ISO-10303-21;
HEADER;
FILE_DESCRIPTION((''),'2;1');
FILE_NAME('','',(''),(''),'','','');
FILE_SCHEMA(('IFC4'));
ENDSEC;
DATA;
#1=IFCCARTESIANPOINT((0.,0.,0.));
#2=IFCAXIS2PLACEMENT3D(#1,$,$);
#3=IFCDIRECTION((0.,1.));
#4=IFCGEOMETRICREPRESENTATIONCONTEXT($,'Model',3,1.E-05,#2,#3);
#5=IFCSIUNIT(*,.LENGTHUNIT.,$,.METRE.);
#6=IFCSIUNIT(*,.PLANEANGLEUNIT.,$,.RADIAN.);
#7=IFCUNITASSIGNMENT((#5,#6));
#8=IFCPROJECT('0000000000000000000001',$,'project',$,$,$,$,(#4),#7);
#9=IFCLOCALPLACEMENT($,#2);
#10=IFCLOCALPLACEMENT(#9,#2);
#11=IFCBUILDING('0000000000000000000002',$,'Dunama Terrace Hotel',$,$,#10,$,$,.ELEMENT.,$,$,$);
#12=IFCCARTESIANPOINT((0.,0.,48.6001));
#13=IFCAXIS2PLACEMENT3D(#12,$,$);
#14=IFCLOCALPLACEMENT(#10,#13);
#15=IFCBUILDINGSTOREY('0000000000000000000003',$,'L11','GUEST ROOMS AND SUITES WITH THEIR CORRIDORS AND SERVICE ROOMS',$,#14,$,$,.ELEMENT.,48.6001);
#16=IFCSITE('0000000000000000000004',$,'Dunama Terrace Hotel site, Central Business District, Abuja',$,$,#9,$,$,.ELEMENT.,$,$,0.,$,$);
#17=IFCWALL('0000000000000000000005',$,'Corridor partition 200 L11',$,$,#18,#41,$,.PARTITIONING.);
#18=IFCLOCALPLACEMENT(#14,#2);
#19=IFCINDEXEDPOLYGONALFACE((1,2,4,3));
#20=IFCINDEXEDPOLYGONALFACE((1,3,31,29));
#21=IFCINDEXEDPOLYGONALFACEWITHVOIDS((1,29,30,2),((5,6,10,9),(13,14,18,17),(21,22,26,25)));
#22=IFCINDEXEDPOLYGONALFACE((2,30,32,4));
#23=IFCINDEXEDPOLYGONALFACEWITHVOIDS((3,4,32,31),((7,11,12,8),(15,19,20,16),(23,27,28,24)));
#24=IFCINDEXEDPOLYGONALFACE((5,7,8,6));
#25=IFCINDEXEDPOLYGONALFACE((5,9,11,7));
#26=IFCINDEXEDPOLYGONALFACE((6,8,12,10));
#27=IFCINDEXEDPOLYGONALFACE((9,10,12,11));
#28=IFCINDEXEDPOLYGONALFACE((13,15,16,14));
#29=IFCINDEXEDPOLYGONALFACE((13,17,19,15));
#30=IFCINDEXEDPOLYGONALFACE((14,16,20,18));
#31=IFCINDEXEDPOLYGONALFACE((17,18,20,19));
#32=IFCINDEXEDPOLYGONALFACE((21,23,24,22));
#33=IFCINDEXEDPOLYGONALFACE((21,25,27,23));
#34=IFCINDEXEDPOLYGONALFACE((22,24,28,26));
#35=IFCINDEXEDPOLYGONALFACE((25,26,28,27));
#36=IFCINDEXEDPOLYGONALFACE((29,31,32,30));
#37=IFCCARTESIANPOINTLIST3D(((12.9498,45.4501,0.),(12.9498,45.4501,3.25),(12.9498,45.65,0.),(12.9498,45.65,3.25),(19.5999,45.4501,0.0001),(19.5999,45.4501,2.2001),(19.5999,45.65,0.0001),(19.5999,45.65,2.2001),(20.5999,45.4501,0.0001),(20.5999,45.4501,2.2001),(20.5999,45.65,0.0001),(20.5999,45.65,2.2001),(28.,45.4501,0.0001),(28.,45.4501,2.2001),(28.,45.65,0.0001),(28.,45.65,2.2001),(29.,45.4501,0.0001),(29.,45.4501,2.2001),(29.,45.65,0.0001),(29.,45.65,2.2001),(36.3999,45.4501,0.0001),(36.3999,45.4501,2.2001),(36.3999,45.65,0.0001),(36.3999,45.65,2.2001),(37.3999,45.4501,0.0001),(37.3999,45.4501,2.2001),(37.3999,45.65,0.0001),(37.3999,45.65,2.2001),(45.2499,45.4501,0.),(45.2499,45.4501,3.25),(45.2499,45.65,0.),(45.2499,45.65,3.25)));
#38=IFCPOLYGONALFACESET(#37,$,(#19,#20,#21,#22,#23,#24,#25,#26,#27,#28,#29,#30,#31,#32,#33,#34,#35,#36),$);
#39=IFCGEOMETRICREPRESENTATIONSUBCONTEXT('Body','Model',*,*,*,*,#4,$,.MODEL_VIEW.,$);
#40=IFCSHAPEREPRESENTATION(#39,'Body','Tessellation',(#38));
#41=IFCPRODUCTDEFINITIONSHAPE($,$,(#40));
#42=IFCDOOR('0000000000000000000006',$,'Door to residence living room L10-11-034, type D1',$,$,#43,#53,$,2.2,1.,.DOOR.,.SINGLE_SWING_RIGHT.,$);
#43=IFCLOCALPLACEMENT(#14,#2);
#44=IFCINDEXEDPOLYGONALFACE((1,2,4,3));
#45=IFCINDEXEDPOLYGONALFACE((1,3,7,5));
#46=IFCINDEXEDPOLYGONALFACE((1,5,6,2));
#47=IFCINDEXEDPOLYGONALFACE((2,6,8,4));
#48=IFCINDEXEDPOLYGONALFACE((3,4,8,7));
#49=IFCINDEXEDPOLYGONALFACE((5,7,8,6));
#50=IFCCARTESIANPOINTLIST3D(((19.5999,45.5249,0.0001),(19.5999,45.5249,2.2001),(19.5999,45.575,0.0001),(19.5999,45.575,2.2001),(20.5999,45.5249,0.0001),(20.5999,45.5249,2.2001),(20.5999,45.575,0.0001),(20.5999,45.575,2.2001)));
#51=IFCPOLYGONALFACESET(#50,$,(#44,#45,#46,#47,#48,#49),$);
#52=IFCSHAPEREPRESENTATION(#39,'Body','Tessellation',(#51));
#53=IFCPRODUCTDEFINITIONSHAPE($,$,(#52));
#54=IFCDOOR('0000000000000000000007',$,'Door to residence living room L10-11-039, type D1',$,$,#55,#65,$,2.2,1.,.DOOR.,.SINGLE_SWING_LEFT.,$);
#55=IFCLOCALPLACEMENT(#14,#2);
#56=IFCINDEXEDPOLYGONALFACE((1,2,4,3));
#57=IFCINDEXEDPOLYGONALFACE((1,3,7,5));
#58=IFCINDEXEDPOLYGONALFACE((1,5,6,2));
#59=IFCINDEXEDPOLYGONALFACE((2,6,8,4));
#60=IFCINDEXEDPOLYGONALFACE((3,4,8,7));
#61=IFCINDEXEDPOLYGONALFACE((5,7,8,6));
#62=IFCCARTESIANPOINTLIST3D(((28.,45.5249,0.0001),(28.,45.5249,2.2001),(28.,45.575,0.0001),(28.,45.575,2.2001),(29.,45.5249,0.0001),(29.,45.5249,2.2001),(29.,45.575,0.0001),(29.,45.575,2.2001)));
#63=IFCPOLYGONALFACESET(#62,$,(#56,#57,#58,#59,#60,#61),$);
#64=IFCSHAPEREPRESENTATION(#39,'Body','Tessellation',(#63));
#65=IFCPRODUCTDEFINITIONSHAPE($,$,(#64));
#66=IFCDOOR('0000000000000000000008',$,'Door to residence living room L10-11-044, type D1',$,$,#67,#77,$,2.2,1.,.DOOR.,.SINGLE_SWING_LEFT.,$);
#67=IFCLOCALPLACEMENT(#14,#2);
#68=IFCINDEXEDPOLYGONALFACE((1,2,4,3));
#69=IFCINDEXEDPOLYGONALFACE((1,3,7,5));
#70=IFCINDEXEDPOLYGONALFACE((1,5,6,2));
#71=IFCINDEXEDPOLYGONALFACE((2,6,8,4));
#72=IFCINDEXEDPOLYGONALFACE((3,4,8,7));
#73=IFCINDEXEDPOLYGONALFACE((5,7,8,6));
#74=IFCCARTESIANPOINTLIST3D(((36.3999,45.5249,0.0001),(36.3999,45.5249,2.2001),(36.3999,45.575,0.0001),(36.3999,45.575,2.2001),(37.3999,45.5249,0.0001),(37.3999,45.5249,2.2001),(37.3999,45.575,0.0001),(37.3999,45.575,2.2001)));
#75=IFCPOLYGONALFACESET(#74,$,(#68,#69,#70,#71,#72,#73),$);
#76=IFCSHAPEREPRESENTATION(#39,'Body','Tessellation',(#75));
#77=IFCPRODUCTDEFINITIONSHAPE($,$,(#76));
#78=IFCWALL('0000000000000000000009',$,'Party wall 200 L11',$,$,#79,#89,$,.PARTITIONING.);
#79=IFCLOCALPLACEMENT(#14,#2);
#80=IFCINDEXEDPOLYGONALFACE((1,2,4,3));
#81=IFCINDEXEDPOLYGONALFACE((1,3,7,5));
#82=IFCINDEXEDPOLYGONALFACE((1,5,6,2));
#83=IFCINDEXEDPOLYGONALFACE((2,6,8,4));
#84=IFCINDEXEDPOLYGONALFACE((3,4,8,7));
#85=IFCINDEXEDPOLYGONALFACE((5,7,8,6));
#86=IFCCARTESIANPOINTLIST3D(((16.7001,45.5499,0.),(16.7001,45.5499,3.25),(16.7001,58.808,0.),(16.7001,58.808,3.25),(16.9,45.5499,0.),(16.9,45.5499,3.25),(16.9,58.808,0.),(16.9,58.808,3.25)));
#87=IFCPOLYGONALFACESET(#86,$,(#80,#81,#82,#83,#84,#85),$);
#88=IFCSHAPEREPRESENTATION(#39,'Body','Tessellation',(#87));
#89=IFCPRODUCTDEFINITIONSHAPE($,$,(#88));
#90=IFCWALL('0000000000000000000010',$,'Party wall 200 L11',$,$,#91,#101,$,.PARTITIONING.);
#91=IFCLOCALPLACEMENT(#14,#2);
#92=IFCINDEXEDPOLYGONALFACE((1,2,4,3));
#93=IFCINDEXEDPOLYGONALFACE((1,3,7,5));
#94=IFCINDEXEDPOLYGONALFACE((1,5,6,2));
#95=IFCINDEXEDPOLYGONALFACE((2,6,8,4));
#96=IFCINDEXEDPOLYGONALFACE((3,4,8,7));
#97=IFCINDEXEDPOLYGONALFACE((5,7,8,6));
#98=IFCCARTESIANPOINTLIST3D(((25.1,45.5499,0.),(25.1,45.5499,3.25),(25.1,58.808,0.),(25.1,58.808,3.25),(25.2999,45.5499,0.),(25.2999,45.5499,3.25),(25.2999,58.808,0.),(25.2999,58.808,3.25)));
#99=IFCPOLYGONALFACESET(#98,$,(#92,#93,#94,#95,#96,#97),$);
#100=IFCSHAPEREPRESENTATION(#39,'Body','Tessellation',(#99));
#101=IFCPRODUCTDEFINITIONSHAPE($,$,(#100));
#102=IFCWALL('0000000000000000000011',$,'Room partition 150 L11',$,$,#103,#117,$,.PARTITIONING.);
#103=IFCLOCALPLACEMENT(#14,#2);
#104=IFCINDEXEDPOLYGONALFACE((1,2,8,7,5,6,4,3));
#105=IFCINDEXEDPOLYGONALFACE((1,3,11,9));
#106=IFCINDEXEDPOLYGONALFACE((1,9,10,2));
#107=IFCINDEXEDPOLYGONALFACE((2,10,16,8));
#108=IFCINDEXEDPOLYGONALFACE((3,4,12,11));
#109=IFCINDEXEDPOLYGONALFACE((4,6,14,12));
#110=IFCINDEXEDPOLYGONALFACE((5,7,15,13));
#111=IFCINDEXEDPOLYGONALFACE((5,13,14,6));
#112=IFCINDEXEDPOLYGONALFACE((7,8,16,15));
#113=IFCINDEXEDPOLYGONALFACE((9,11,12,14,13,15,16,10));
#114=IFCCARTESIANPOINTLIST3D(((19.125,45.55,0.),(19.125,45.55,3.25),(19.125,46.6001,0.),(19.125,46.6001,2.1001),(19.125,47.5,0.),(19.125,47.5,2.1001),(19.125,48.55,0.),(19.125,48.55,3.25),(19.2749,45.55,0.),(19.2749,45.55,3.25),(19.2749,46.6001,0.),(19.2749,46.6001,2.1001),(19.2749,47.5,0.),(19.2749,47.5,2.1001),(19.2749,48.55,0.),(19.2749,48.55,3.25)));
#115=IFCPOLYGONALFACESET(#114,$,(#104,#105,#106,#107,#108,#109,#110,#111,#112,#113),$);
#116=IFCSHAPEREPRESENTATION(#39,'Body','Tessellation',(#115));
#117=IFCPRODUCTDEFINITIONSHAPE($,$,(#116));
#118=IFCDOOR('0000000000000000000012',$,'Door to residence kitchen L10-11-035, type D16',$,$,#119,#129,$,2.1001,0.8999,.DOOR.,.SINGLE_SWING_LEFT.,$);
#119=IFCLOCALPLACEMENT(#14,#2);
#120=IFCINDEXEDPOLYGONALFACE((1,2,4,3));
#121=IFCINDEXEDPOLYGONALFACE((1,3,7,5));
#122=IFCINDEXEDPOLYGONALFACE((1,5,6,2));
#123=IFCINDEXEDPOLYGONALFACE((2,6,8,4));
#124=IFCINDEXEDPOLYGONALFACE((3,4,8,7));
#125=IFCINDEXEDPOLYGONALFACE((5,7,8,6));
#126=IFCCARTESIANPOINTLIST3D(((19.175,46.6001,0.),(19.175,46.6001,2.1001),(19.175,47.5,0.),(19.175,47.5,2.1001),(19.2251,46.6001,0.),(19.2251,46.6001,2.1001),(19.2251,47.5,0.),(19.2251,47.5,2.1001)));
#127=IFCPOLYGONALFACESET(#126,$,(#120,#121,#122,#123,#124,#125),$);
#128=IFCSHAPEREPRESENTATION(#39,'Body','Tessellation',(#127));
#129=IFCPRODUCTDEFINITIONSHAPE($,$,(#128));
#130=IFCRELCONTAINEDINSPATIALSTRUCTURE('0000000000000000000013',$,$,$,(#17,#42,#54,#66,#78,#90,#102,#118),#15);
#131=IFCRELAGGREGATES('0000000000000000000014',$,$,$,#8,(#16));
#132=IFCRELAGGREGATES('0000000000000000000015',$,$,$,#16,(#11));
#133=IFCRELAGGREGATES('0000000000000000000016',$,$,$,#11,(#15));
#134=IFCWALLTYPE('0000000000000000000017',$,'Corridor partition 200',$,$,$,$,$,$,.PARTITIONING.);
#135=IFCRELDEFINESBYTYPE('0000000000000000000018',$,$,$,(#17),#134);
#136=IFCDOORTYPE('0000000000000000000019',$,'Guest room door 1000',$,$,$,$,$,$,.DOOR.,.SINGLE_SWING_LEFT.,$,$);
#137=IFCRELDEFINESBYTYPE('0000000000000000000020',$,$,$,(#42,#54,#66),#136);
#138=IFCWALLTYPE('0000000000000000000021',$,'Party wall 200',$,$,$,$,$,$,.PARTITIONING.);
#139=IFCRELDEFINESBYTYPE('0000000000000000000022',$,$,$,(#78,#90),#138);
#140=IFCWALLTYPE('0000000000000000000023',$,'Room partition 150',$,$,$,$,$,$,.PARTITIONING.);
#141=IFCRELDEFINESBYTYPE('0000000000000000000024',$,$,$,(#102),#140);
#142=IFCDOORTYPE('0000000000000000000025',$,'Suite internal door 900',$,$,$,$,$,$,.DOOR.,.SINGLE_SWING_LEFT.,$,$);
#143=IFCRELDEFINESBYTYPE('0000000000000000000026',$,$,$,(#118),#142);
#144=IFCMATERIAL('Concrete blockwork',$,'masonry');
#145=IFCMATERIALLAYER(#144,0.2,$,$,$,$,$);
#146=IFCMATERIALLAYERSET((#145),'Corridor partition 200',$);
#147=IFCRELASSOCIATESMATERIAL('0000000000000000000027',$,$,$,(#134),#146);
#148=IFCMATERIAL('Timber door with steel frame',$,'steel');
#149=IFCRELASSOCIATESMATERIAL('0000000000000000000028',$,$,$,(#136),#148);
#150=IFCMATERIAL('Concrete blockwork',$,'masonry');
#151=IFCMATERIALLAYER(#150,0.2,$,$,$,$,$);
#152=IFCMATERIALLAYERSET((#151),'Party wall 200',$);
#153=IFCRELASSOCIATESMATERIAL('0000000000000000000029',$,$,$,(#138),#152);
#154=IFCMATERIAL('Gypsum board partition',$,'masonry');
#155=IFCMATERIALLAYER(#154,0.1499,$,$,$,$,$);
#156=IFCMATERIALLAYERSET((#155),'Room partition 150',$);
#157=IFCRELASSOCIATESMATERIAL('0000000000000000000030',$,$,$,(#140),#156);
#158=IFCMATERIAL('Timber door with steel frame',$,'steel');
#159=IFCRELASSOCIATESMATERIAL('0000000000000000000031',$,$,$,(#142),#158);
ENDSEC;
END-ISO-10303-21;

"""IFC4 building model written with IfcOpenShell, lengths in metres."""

from ifc_helpers import new_model, si_unit, direction, frame, frame_2d, origin, place, context, subcontext, project, spatial, rectangle, extrude, material, layer, layer_set, type_object, element, fill, save


model = new_model("IFC4")

# Units and contexts
model_context = context("Model", 3, precision=1e-05, world=origin(), true_north=direction((0.0, 1.0)))
body_context = subcontext(model_context, "Body", "Model", "MODEL_VIEW")
ifc_project = project(units=[si_unit("LENGTHUNIT", "METRE"), si_unit("PLANEANGLEUNIT", "RADIAN")], contexts=[model_context])

# Site, building, storey
site_placement = place(None, origin())
site = spatial("IfcSite", under=ifc_project, at=site_placement, Name="Dunama Terrace Hotel site, Central Business District, Abuja", CompositionType="ELEMENT", RefElevation=0.0)
building_placement = place(site_placement, origin())
building = spatial("IfcBuilding", under=site, at=building_placement, Name="Dunama Terrace Hotel", CompositionType="ELEMENT")
storey_placement = place(building_placement, frame((0.0, 0.0, 48.6001)))
storey = spatial("IfcBuildingStorey", under=building, at=storey_placement, Name="L11", Description="GUEST ROOMS AND SUITES WITH THEIR CORRIDORS AND SERVICE ROOMS", CompositionType="ELEMENT", Elevation=48.6001)

# Wall, openings, doors
ifc_material_1 = material(Name="Concrete blockwork", Category="masonry")
ifc_layer_1 = layer(ifc_material_1, 0.2)
ifc_layer_set_1 = layer_set([ifc_layer_1], Name="Corridor partition 200")
wall_type_1 = type_object("IfcWallType", Name="Corridor partition 200", PredefinedType="PARTITIONING", material=ifc_layer_set_1)
wall_1_placement = place(storey_placement, frame((12.95, 45.55, 0.0), z_axis=(0.0, 0.0, 1.0), x_axis=(1.0, 0.0, 0.0)))
wall_1 = element("IfcWall", 1, at=wall_1_placement, inside=storey, type_object=wall_type_1, Name="Corridor partition 200 L11", PredefinedType="PARTITIONING", context=body_context, shape_type="SweptSolid", body=[
    extrude(rectangle(XDim=32.3, YDim=0.2, at=frame_2d((16.1499, 0.0))), origin(), (0.0, 0.0, 1.0), 3.25),
])
opening_1_placement = place(wall_1_placement, frame((6.6499, 0.0, 0.0)))
opening_1 = element("IfcOpeningElement", 2, at=opening_1_placement, cuts=wall_1, PredefinedType="OPENING", context=body_context, shape_type="SweptSolid", body=[
    extrude(rectangle(XDim=1.0, YDim=2.2, at=frame_2d((0.5, 1.1001))), frame((0.0, 0.1099, 0.0), z_axis=(0.0, -1.0, 0.0), x_axis=(1.0, 0.0, 0.0)), (0.0, 0.0, 1.0), 0.22),
])
opening_2_placement = place(wall_1_placement, frame((15.05, 0.0, 0.0)))
opening_2 = element("IfcOpeningElement", 3, at=opening_2_placement, cuts=wall_1, PredefinedType="OPENING", context=body_context, shape_type="SweptSolid", body=[
    extrude(rectangle(XDim=1.0, YDim=2.2, at=frame_2d((0.5, 1.1001))), frame((0.0, 0.1099, 0.0), z_axis=(0.0, -1.0, 0.0), x_axis=(1.0, 0.0, 0.0)), (0.0, 0.0, 1.0), 0.22),
])
opening_3_placement = place(wall_1_placement, frame((23.45, 0.0, 0.0)))
opening_3 = element("IfcOpeningElement", 4, at=opening_3_placement, cuts=wall_1, PredefinedType="OPENING", context=body_context, shape_type="SweptSolid", body=[
    extrude(rectangle(XDim=1.0, YDim=2.2, at=frame_2d((0.5, 1.1001))), frame((0.0, 0.1099, 0.0), z_axis=(0.0, -1.0, 0.0), x_axis=(1.0, 0.0, 0.0)), (0.0, 0.0, 1.0), 0.22),
])
ifc_material_2 = material(Name="Timber door with steel frame", Category="steel")
door_type_1 = type_object("IfcDoorType", Name="Guest room door 1000", OperationType="SINGLE_SWING_LEFT", PredefinedType="DOOR", material=ifc_material_2)
door_1_placement = place(opening_1_placement, origin())
door_1 = element("IfcDoor", 5, at=door_1_placement, inside=storey, type_object=door_type_1, Name="Door to residence living room L10-11-034, type D1", OperationType="SINGLE_SWING_RIGHT", OverallHeight=2.2, OverallWidth=1.0, PredefinedType="DOOR", context=body_context, shape_type="SweptSolid", body=[
    extrude(rectangle(XDim=1.0, YDim=2.2, at=frame_2d((0.5, 1.1001))), frame((0.0, 0.0249, 0.0), z_axis=(0.0, -1.0, 0.0), x_axis=(1.0, 0.0, 0.0)), (0.0, 0.0, 1.0), 0.05),
])
fill(opening_1, door_1)
door_2_placement = place(opening_2_placement, origin())
door_2 = element("IfcDoor", 6, at=door_2_placement, inside=storey, type_object=door_type_1, Name="Door to residence living room L10-11-039, type D1", OperationType="SINGLE_SWING_LEFT", OverallHeight=2.2, OverallWidth=1.0, PredefinedType="DOOR", context=body_context, shape_type="SweptSolid", body=[
    extrude(rectangle(XDim=1.0, YDim=2.2, at=frame_2d((0.5, 1.1001))), frame((0.0, 0.0249, 0.0), z_axis=(0.0, -1.0, 0.0), x_axis=(1.0, 0.0, 0.0)), (0.0, 0.0, 1.0), 0.05),
])
fill(opening_2, door_2)
door_3_placement = place(opening_3_placement, origin())
door_3 = element("IfcDoor", 7, at=door_3_placement, inside=storey, type_object=door_type_1, Name="Door to residence living room L10-11-044, type D1", OperationType="SINGLE_SWING_LEFT", OverallHeight=2.2, OverallWidth=1.0, PredefinedType="DOOR", context=body_context, shape_type="SweptSolid", body=[
    extrude(rectangle(XDim=1.0, YDim=2.2, at=frame_2d((0.5, 1.1001))), frame((0.0, 0.0249, 0.0), z_axis=(0.0, -1.0, 0.0), x_axis=(1.0, 0.0, 0.0)), (0.0, 0.0, 1.0), 0.05),
])
fill(opening_3, door_3)

# Walls
ifc_material_3 = material(Name="Concrete blockwork", Category="masonry")
ifc_layer_2 = layer(ifc_material_3, 0.2)
ifc_layer_set_2 = layer_set([ifc_layer_2], Name="Party wall 200")
wall_type_2 = type_object("IfcWallType", Name="Party wall 200", PredefinedType="PARTITIONING", material=ifc_layer_set_2)
for number, where, z_axis, x_axis, name in (
    (8, (16.8, 45.55, 0.0), (0.0, 0.0, 1.0), (0.0, 1.0, 0.0), "Party wall 200 L11"),
    (9, (25.2, 45.55, 0.0), (0.0, 0.0, 1.0), (0.0, 1.0, 0.0), "Party wall 200 L11"),
):
    element("IfcWall", number, at=place(storey_placement, frame(where, z_axis=z_axis, x_axis=x_axis)), inside=storey, type_object=wall_type_2, Name=name, PredefinedType="PARTITIONING", context=body_context, shape_type="SweptSolid", body=[
        extrude(rectangle(XDim=13.2581, YDim=0.2, at=frame_2d((6.6289, 0.0))), origin(), (0.0, 0.0, 1.0), 3.25),
    ])

# Wall, opening, door
ifc_material_4 = material(Name="Gypsum board partition", Category="masonry")
ifc_layer_3 = layer(ifc_material_4, 0.1499)
ifc_layer_set_3 = layer_set([ifc_layer_3], Name="Room partition 150")
wall_type_3 = type_object("IfcWallType", Name="Room partition 150", PredefinedType="PARTITIONING", material=ifc_layer_set_3)
wall_2_placement = place(storey_placement, frame((19.2, 45.55, 0.0), z_axis=(0.0, 0.0, 1.0), x_axis=(0.0, 1.0, 0.0)))
wall_2 = element("IfcWall", 10, at=wall_2_placement, inside=storey, type_object=wall_type_3, Name="Room partition 150 L11", PredefinedType="PARTITIONING", context=body_context, shape_type="SweptSolid", body=[
    extrude(rectangle(XDim=3.0, YDim=0.1499, at=frame_2d((1.5, 0.0))), origin(), (0.0, 0.0, 1.0), 3.25),
])
opening_4_placement = place(wall_2_placement, frame((1.05, 0.0, 0.0)))
opening_4 = element("IfcOpeningElement", 11, at=opening_4_placement, cuts=wall_2, PredefinedType="OPENING", context=body_context, shape_type="SweptSolid", body=[
    extrude(rectangle(XDim=0.8999, YDim=2.1001, at=frame_2d((0.45, 1.05))), frame((0.0, 0.085, 0.0), z_axis=(0.0, -1.0, 0.0), x_axis=(1.0, 0.0, 0.0)), (0.0, 0.0, 1.0), 0.1699),
])
ifc_material_5 = material(Name="Timber door with steel frame", Category="steel")
door_type_2 = type_object("IfcDoorType", Name="Suite internal door 900", OperationType="SINGLE_SWING_LEFT", PredefinedType="DOOR", material=ifc_material_5)
door_4_placement = place(opening_4_placement, origin())
door_4 = element("IfcDoor", 12, at=door_4_placement, inside=storey, type_object=door_type_2, Name="Door to residence kitchen L10-11-035, type D16", OperationType="SINGLE_SWING_LEFT", OverallHeight=2.1001, OverallWidth=0.8999, PredefinedType="DOOR", context=body_context, shape_type="SweptSolid", body=[
    extrude(rectangle(XDim=0.8999, YDim=2.1001, at=frame_2d((0.45, 1.05))), frame((0.0, 0.0249, 0.0), z_axis=(0.0, -1.0, 0.0), x_axis=(1.0, 0.0, 0.0)), (0.0, 0.0, 1.0), 0.05),
])
fill(opening_4, door_4)

save(model, "model.ifc")
